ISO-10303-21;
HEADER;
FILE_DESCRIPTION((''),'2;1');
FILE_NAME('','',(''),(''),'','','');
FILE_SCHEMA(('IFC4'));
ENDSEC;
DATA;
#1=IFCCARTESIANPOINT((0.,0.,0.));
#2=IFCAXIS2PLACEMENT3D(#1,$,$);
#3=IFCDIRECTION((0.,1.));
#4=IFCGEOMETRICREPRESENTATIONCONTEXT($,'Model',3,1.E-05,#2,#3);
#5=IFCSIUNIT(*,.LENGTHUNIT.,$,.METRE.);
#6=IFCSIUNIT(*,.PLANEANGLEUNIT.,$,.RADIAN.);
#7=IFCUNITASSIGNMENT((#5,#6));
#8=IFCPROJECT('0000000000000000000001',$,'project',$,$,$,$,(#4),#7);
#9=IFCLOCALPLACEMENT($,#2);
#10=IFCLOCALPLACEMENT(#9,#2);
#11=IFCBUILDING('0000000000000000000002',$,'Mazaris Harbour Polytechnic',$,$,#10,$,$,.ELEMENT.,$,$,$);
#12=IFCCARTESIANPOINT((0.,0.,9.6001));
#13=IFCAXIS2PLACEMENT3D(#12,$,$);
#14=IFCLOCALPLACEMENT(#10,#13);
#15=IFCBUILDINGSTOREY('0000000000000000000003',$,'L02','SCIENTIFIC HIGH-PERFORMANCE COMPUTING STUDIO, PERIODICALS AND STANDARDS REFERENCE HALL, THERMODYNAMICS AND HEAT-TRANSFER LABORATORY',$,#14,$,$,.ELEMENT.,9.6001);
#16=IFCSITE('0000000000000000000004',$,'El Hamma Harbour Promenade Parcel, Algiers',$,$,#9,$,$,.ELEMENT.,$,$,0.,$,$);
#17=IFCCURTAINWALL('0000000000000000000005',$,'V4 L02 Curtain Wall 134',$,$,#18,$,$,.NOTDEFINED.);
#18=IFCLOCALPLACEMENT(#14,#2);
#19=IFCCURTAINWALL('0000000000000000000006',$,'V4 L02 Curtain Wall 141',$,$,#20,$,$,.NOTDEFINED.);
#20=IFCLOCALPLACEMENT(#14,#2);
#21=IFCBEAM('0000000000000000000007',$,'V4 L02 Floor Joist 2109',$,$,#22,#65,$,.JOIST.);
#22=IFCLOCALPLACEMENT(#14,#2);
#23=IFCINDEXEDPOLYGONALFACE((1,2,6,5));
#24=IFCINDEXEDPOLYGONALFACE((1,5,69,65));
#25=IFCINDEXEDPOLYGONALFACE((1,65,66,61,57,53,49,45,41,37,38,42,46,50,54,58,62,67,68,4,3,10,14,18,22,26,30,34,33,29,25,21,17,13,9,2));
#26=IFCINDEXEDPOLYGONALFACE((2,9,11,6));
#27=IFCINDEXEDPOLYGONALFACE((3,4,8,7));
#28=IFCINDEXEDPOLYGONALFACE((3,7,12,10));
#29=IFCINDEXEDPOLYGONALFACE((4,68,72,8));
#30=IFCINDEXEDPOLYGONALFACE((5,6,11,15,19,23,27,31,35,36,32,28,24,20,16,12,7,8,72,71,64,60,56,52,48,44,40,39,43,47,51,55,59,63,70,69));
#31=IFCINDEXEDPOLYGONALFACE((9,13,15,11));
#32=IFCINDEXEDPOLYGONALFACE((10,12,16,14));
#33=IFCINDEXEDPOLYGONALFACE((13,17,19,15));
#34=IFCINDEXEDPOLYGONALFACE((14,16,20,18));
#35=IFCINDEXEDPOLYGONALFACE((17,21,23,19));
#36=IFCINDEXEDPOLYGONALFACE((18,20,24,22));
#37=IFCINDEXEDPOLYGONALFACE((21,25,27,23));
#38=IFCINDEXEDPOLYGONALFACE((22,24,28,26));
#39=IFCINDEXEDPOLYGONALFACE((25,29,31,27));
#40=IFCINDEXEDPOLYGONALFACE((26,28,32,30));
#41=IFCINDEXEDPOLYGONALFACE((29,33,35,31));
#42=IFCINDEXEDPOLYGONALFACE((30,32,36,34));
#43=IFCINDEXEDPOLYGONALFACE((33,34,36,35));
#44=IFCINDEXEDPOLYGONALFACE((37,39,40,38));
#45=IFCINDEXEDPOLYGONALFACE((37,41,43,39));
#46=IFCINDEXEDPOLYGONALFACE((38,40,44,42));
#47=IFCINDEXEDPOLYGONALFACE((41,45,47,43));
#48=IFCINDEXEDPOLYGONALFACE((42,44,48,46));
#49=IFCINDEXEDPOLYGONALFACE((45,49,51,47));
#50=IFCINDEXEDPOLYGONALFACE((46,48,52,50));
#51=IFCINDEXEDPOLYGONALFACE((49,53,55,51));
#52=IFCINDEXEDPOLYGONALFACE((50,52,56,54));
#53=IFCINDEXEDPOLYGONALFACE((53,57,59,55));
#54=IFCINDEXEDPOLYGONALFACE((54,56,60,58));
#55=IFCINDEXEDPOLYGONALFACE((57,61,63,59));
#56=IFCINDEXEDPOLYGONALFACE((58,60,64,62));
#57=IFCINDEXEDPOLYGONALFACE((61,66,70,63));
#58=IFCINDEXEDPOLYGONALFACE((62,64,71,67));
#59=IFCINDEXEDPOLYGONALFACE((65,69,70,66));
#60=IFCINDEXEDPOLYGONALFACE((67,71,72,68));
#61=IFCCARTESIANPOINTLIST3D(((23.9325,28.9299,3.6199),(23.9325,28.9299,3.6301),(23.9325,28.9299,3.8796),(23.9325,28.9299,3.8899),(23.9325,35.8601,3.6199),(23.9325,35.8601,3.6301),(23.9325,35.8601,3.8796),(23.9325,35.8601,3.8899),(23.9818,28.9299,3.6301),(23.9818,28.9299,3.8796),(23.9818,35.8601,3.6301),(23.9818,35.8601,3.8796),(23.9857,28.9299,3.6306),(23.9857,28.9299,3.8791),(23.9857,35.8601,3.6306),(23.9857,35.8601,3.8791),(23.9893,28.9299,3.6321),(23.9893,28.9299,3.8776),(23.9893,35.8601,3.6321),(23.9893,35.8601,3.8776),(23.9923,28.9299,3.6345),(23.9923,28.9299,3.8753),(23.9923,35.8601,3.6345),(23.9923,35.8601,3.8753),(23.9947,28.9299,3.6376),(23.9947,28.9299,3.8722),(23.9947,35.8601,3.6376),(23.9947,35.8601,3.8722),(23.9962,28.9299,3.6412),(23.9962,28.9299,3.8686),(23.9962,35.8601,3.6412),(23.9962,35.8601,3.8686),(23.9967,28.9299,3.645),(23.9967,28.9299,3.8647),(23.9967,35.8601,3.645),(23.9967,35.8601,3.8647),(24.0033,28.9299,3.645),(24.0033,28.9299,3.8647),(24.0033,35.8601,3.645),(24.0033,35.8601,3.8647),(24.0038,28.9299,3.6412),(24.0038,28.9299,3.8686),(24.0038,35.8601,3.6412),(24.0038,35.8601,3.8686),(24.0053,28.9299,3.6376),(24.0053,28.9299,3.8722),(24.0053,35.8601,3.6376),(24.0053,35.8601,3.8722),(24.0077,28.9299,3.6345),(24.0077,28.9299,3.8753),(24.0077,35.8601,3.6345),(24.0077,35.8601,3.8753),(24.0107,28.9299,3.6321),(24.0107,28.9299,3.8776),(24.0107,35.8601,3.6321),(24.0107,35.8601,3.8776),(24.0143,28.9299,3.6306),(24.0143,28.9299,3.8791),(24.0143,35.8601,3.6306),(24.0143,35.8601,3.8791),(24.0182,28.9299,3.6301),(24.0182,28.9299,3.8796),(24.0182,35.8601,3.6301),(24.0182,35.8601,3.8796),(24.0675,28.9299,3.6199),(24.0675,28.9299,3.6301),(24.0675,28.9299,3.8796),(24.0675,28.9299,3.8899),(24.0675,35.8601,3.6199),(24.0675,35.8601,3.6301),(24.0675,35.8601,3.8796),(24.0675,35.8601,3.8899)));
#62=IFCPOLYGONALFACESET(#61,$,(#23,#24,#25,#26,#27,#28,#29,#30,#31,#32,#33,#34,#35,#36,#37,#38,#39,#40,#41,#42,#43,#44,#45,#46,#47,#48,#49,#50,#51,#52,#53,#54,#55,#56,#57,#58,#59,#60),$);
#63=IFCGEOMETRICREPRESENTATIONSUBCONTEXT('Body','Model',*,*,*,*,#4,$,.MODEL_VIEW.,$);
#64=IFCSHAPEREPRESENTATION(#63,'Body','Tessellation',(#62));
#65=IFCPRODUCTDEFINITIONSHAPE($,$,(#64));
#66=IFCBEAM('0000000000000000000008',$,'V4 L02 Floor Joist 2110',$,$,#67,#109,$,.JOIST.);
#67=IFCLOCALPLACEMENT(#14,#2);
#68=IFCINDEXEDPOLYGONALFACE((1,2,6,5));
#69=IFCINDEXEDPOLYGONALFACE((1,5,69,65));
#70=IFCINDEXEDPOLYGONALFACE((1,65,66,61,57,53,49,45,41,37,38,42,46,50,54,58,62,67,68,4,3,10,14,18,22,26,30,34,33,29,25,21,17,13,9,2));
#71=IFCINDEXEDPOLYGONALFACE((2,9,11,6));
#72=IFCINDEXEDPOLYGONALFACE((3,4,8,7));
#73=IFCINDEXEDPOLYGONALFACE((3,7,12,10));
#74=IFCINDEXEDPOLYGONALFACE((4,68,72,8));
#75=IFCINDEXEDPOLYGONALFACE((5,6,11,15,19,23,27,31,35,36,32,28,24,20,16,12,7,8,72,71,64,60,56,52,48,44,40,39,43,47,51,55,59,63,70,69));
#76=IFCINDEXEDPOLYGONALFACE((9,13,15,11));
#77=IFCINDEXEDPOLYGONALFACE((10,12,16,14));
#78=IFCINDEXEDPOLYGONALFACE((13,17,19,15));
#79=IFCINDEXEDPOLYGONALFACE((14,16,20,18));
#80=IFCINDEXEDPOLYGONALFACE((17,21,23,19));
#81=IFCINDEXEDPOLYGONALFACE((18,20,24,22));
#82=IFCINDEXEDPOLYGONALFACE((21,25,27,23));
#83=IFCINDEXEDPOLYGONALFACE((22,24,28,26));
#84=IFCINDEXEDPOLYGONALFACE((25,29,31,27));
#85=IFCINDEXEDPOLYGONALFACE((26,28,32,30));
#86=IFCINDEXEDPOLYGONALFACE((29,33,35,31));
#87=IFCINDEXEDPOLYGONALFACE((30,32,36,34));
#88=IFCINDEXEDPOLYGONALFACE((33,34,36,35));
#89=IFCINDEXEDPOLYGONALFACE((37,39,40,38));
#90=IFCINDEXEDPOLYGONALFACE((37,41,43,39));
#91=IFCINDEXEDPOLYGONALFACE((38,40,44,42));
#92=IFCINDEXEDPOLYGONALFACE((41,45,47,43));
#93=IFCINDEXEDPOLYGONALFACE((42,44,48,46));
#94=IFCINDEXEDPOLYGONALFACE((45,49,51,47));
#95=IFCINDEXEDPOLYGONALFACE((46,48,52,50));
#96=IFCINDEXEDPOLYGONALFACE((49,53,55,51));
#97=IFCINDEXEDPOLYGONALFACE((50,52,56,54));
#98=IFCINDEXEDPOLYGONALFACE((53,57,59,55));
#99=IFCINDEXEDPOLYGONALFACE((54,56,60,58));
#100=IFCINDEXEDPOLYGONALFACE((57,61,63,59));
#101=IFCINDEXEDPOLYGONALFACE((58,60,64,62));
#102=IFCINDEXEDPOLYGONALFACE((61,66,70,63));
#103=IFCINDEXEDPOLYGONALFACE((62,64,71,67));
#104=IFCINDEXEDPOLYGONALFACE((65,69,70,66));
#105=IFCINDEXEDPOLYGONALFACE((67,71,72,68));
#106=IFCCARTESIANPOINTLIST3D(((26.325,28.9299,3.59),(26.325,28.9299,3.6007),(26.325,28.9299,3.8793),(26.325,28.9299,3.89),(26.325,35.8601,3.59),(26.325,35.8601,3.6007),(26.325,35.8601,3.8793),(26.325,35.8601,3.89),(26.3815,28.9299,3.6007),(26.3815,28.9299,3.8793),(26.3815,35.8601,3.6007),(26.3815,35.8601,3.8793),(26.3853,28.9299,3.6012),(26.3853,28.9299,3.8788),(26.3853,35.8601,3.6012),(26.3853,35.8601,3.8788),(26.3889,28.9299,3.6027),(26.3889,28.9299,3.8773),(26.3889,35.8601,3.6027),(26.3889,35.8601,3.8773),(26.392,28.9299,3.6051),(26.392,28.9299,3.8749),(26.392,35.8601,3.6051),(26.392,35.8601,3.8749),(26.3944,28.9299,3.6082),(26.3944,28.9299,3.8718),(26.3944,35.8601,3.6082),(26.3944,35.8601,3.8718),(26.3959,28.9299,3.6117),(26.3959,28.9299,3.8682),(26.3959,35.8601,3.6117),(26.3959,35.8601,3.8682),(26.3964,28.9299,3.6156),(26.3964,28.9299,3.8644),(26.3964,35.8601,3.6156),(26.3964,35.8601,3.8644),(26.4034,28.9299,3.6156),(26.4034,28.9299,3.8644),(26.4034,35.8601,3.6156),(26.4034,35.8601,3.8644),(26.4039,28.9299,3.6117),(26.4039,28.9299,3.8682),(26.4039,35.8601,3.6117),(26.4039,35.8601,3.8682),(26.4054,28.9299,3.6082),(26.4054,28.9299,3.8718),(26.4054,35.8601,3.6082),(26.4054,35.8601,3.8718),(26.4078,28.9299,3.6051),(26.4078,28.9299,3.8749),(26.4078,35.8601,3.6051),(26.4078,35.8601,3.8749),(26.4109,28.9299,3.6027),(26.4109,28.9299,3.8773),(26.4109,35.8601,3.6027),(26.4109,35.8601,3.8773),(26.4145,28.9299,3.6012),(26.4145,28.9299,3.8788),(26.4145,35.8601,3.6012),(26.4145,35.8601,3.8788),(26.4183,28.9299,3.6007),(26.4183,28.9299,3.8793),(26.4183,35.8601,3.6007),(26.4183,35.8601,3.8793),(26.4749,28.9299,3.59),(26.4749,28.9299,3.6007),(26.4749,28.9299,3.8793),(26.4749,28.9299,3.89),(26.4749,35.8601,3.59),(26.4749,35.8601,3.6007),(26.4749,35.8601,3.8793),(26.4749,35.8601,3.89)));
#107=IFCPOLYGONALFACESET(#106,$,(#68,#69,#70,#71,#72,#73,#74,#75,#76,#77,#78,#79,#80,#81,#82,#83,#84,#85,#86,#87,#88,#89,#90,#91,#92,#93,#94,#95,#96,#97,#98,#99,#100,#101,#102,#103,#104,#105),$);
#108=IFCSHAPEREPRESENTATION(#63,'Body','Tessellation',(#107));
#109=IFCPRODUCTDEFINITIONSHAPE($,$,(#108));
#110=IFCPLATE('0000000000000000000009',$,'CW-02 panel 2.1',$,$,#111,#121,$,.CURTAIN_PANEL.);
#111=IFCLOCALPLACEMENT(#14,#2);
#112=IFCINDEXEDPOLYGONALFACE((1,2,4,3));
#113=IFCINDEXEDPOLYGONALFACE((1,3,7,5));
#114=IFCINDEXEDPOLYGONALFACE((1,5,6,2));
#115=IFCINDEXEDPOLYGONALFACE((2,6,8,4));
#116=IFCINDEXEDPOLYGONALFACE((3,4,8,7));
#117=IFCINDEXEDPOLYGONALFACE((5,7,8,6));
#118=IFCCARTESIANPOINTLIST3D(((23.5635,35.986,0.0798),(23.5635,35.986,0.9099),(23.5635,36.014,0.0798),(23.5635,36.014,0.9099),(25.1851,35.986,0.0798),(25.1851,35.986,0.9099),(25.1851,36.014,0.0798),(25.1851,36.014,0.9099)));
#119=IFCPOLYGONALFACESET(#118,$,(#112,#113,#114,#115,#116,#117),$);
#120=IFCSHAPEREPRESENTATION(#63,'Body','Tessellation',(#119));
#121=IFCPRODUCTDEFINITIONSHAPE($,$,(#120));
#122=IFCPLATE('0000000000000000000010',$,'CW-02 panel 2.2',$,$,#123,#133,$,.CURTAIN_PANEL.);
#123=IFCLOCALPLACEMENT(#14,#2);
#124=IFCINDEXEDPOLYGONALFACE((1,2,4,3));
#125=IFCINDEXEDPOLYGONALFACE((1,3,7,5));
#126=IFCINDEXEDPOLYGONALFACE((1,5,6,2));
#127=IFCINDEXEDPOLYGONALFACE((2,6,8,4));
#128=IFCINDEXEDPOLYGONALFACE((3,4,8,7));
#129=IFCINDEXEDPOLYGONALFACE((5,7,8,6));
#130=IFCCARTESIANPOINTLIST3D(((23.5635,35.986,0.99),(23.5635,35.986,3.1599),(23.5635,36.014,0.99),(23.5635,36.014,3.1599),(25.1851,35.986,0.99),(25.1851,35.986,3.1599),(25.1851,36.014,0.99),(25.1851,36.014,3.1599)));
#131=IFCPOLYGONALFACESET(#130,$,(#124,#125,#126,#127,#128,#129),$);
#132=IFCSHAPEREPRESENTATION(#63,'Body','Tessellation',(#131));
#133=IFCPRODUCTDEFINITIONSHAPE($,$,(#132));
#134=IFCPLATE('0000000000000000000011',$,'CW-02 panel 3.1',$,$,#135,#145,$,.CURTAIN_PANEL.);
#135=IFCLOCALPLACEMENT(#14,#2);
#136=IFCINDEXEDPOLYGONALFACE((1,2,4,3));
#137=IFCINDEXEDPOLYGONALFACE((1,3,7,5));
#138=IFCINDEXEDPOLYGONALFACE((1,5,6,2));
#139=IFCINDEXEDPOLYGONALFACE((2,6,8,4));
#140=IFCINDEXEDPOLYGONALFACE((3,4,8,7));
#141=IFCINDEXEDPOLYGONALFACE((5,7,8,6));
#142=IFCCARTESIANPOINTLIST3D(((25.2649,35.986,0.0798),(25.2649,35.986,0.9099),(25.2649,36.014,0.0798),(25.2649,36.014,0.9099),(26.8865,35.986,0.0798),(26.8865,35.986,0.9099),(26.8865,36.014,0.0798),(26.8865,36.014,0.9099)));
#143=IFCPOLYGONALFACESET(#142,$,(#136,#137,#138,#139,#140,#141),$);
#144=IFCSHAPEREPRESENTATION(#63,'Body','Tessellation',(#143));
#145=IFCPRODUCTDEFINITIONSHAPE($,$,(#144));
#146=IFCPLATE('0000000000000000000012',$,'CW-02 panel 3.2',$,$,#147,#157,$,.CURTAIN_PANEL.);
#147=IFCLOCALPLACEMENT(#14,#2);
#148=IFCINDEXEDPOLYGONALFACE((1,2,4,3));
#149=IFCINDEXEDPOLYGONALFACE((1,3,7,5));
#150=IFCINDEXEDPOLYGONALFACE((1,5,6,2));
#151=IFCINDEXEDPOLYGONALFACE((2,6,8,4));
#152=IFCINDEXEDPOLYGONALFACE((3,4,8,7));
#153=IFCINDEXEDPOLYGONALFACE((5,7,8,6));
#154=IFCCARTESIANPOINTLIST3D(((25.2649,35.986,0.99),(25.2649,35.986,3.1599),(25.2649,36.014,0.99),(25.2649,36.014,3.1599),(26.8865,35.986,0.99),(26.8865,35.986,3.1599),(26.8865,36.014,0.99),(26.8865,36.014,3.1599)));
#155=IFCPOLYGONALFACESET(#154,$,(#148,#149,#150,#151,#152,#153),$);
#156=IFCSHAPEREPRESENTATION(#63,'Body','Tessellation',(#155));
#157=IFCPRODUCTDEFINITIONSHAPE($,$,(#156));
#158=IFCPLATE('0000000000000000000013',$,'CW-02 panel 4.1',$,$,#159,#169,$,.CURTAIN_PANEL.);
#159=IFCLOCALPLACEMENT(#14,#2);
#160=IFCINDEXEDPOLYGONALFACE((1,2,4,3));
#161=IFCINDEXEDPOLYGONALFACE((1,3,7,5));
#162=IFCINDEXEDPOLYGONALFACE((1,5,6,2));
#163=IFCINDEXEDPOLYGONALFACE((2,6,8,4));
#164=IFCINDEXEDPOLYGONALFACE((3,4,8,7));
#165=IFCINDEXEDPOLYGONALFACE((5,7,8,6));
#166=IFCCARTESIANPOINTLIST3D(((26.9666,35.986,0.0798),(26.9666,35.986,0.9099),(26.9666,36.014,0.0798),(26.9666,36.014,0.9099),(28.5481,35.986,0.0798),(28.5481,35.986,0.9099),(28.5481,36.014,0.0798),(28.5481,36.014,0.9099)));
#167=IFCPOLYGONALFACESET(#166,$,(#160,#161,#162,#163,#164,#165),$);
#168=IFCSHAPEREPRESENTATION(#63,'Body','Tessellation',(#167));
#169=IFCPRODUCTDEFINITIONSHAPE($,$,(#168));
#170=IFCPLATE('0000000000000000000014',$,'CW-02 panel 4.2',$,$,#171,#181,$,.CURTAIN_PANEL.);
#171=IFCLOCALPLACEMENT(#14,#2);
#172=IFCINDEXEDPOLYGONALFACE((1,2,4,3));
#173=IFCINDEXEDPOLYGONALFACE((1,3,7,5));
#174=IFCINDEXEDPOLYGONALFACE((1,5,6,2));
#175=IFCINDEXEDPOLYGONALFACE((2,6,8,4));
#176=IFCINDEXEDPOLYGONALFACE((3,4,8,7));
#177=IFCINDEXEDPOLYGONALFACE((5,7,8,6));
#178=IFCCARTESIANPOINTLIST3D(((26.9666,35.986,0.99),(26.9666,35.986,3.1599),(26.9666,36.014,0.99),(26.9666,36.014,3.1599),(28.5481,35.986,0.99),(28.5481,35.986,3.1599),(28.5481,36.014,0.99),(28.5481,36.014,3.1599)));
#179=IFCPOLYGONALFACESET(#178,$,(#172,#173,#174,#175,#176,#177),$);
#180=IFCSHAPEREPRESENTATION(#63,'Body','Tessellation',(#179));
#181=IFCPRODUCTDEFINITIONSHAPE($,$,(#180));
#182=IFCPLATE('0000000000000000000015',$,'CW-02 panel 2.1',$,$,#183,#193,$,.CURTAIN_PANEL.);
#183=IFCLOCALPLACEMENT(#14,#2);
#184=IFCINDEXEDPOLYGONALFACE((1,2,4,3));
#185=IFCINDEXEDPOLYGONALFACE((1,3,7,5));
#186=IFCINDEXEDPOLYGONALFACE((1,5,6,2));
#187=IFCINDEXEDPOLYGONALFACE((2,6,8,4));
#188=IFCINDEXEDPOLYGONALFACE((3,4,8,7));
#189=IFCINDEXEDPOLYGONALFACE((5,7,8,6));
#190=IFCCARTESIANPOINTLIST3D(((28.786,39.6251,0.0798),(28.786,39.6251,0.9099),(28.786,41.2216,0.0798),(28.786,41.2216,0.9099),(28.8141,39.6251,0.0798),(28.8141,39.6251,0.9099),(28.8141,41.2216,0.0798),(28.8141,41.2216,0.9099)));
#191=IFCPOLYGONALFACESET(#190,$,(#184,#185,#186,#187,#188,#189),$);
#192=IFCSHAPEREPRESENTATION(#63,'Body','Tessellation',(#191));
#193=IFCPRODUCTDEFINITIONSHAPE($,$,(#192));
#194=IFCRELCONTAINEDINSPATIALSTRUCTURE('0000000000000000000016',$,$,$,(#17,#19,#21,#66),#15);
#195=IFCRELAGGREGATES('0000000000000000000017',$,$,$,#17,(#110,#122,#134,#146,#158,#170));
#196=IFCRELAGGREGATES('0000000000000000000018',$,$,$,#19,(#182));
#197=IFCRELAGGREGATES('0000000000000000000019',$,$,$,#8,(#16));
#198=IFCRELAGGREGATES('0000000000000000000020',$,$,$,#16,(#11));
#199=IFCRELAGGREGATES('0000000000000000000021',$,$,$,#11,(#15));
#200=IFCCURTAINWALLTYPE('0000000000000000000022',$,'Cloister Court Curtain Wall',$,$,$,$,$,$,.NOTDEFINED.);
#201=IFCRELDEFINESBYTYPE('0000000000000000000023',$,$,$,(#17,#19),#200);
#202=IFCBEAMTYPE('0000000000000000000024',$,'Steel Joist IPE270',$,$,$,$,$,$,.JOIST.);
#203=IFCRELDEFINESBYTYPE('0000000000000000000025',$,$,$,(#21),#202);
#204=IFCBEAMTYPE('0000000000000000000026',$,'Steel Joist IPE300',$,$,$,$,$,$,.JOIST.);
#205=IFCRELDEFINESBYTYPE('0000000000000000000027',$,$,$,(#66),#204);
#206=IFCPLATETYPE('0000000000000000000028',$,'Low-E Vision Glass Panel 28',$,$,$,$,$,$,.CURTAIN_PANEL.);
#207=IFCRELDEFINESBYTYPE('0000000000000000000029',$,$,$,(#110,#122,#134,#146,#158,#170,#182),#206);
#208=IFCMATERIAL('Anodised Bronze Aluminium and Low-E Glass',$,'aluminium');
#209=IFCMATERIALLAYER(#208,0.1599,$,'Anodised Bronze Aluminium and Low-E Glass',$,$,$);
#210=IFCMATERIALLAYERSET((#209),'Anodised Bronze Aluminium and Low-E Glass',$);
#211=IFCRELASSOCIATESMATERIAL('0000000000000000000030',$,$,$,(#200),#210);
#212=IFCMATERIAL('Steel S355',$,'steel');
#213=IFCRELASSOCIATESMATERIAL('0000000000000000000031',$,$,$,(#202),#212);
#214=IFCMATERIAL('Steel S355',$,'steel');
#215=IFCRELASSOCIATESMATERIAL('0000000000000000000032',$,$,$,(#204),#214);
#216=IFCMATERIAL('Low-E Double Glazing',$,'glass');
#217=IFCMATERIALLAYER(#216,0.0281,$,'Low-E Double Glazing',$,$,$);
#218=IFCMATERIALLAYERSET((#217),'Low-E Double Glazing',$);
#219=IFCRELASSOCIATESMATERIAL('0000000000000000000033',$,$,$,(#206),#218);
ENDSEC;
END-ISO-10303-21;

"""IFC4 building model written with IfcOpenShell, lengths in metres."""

from ifc_helpers import new_model, si_unit, direction, frame, origin, origin_2d, place, context, subcontext, project, spatial, rectangle, i_section, extrude, material, layer, layer_set, material_profile, profile_set, type_object, element, aggregate, save


model = new_model("IFC4")

# Units and contexts
model_context = context("Model", 3, precision=1e-05, world=origin(), true_north=direction((0.0, 1.0)))
body_context = subcontext(model_context, "Body", "Model", "MODEL_VIEW")
ifc_project = project(units=[si_unit("LENGTHUNIT", "METRE"), si_unit("PLANEANGLEUNIT", "RADIAN")], contexts=[model_context])

# Site, building, storey
site_placement = place(None, origin())
site = spatial("IfcSite", under=ifc_project, at=site_placement, Name="El Hamma Harbour Promenade Parcel, Algiers", CompositionType="ELEMENT", RefElevation=0.0)
building_placement = place(site_placement, origin())
building = spatial("IfcBuilding", under=site, at=building_placement, Name="Mazaris Harbour Polytechnic", CompositionType="ELEMENT")
storey_placement = place(building_placement, frame((0.0, 0.0, 9.6001)))
storey = spatial("IfcBuildingStorey", under=building, at=storey_placement, Name="L02", Description="SCIENTIFIC HIGH-PERFORMANCE COMPUTING STUDIO, PERIODICALS AND STANDARDS REFERENCE HALL, THERMODYNAMICS AND HEAT-TRANSFER LABORATORY", CompositionType="ELEMENT", Elevation=9.6001)

# Curtain walls
ifc_material_1 = material(Name="Anodised Bronze Aluminium and Low-E Glass", Category="aluminium")
ifc_layer_1 = layer(ifc_material_1, 0.1599, Name="Anodised Bronze Aluminium and Low-E Glass")
ifc_layer_set_1 = layer_set([ifc_layer_1], Name="Anodised Bronze Aluminium and Low-E Glass")
curtain_wall_type = type_object("IfcCurtainWallType", Name="Cloister Court Curtain Wall", PredefinedType="NOTDEFINED", material=ifc_layer_set_1)
curtain_wall_1_placement = place(storey_placement, origin())
curtain_wall_1 = element("IfcCurtainWall", 1, at=curtain_wall_1_placement, inside=storey, type_object=curtain_wall_type, Name="V4 L02 Curtain Wall 134", PredefinedType="NOTDEFINED")
curtain_wall_2_placement = place(storey_placement, origin())
curtain_wall_2 = element("IfcCurtainWall", 2, at=curtain_wall_2_placement, inside=storey, type_object=curtain_wall_type, Name="V4 L02 Curtain Wall 141", PredefinedType="NOTDEFINED")

# Beams
ifc_material_2 = material(Name="Steel S355", Category="steel")
ifc_material_profile_1 = material_profile(ifc_material_2, i_section(OverallWidth=0.135, OverallDepth=0.27, WebThickness=0.0066, FlangeThickness=0.0103, FilletRadius=0.0149, at=origin_2d()), Name="IPE 270")
ifc_profile_set_1 = profile_set([ifc_material_profile_1], Name="Steel S355")
beam_type_1 = type_object("IfcBeamType", Name="Steel Joist IPE270", PredefinedType="JOIST", material=ifc_profile_set_1)
beam_1_placement = place(storey_placement, frame((24.0, 28.9299, 3.7549), z_axis=(0.0, 1.0, 0.0), x_axis=(-1.0, 0.0, 0.0)))
element("IfcBeam", 3, at=beam_1_placement, inside=storey, type_object=beam_type_1, Name="V4 L02 Floor Joist 2109", PredefinedType="JOIST", context=body_context, shape_type="SweptSolid", body=[
    extrude(i_section(OverallWidth=0.135, OverallDepth=0.27, WebThickness=0.0066, FlangeThickness=0.0103, FilletRadius=0.0149, at=origin_2d()), origin(), (0.0, 0.0, 1.0), 6.9302),
])
ifc_material_3 = material(Name="Steel S355", Category="steel")
ifc_material_profile_2 = material_profile(ifc_material_3, i_section(OverallWidth=0.1499, OverallDepth=0.3, WebThickness=0.0071, FlangeThickness=0.0107, FilletRadius=0.0149, at=origin_2d()), Name="IPE 300")
ifc_profile_set_2 = profile_set([ifc_material_profile_2], Name="Steel S355")
beam_type_2 = type_object("IfcBeamType", Name="Steel Joist IPE300", PredefinedType="JOIST", material=ifc_profile_set_2)
beam_2_placement = place(storey_placement, frame((26.3999, 28.9299, 3.74), z_axis=(0.0, 1.0, 0.0), x_axis=(-1.0, 0.0, 0.0)))
element("IfcBeam", 4, at=beam_2_placement, inside=storey, type_object=beam_type_2, Name="V4 L02 Floor Joist 2110", PredefinedType="JOIST", context=body_context, shape_type="SweptSolid", body=[
    extrude(i_section(OverallWidth=0.1499, OverallDepth=0.3, WebThickness=0.0071, FlangeThickness=0.0107, FilletRadius=0.0149, at=origin_2d()), origin(), (0.0, 0.0, 1.0), 6.9302),
])

# Plates
ifc_material_4 = material(Name="Low-E Double Glazing", Category="glass")
ifc_layer_2 = layer(ifc_material_4, 0.0281, Name="Low-E Double Glazing")
ifc_layer_set_2 = layer_set([ifc_layer_2], Name="Low-E Double Glazing")
plate_type = type_object("IfcPlateType", Name="Low-E Vision Glass Panel 28", PredefinedType="CURTAIN_PANEL", material=ifc_layer_set_2)
plate_1_placement = place(storey_placement, frame((24.3743, 36.0, 0.0798), z_axis=(0.0, 0.0, 1.0), x_axis=(1.0, 0.0, 0.0)))
plate_1 = element("IfcPlate", 5, at=plate_1_placement, type_object=plate_type, Name="CW-02 panel 2.1", PredefinedType="CURTAIN_PANEL", context=body_context, shape_type="SweptSolid", body=[
    extrude(rectangle(XDim=1.6216, YDim=0.0281, at=origin_2d()), origin(), (0.0, 0.0, 1.0), 0.8301),
])
plate_2_placement = place(storey_placement, frame((24.3743, 36.0, 0.99), z_axis=(0.0, 0.0, 1.0), x_axis=(1.0, 0.0, 0.0)))
plate_2 = element("IfcPlate", 6, at=plate_2_placement, type_object=plate_type, Name="CW-02 panel 2.2", PredefinedType="CURTAIN_PANEL", context=body_context, shape_type="SweptSolid", body=[
    extrude(rectangle(XDim=1.6216, YDim=0.0281, at=origin_2d()), origin(), (0.0, 0.0, 1.0), 2.1699),
])
plate_3_placement = place(storey_placement, frame((26.0757, 36.0, 0.0798), z_axis=(0.0, 0.0, 1.0), x_axis=(1.0, 0.0, 0.0)))
plate_3 = element("IfcPlate", 7, at=plate_3_placement, type_object=plate_type, Name="CW-02 panel 3.1", PredefinedType="CURTAIN_PANEL", context=body_context, shape_type="SweptSolid", body=[
    extrude(rectangle(XDim=1.6216, YDim=0.0281, at=origin_2d()), origin(), (0.0, 0.0, 1.0), 0.8301),
])
plate_4_placement = place(storey_placement, frame((26.0757, 36.0, 0.99), z_axis=(0.0, 0.0, 1.0), x_axis=(1.0, 0.0, 0.0)))
plate_4 = element("IfcPlate", 8, at=plate_4_placement, type_object=plate_type, Name="CW-02 panel 3.2", PredefinedType="CURTAIN_PANEL", context=body_context, shape_type="SweptSolid", body=[
    extrude(rectangle(XDim=1.6216, YDim=0.0281, at=origin_2d()), origin(), (0.0, 0.0, 1.0), 2.1699),
])
plate_5_placement = place(storey_placement, frame((27.7573, 36.0, 0.0798), z_axis=(0.0, 0.0, 1.0), x_axis=(1.0, 0.0, 0.0)))
plate_5 = element("IfcPlate", 9, at=plate_5_placement, type_object=plate_type, Name="CW-02 panel 4.1", PredefinedType="CURTAIN_PANEL", context=body_context, shape_type="SweptSolid", body=[
    extrude(rectangle(XDim=1.5815, YDim=0.0281, at=origin_2d()), origin(), (0.0, 0.0, 1.0), 0.8301),
])
plate_6_placement = place(storey_placement, frame((27.7573, 36.0, 0.99), z_axis=(0.0, 0.0, 1.0), x_axis=(1.0, 0.0, 0.0)))
plate_6 = element("IfcPlate", 10, at=plate_6_placement, type_object=plate_type, Name="CW-02 panel 4.2", PredefinedType="CURTAIN_PANEL", context=body_context, shape_type="SweptSolid", body=[
    extrude(rectangle(XDim=1.5815, YDim=0.0281, at=origin_2d()), origin(), (0.0, 0.0, 1.0), 2.1699),
])
aggregate(curtain_wall_1, [plate_1, plate_2, plate_3, plate_4, plate_5, plate_6])
plate_7_placement = place(storey_placement, frame((28.8, 40.4233, 0.0798), z_axis=(0.0, 0.0, 1.0), x_axis=(0.0, -1.0, 0.0)))
plate_7 = element("IfcPlate", 11, at=plate_7_placement, type_object=plate_type, Name="CW-02 panel 2.1", PredefinedType="CURTAIN_PANEL", context=body_context, shape_type="SweptSolid", body=[
    extrude(rectangle(XDim=1.5964, YDim=0.0281, at=origin_2d()), origin(), (0.0, 0.0, 1.0), 0.8301),
])
aggregate(curtain_wall_2, [plate_7])

save(model, "model.ifc")
